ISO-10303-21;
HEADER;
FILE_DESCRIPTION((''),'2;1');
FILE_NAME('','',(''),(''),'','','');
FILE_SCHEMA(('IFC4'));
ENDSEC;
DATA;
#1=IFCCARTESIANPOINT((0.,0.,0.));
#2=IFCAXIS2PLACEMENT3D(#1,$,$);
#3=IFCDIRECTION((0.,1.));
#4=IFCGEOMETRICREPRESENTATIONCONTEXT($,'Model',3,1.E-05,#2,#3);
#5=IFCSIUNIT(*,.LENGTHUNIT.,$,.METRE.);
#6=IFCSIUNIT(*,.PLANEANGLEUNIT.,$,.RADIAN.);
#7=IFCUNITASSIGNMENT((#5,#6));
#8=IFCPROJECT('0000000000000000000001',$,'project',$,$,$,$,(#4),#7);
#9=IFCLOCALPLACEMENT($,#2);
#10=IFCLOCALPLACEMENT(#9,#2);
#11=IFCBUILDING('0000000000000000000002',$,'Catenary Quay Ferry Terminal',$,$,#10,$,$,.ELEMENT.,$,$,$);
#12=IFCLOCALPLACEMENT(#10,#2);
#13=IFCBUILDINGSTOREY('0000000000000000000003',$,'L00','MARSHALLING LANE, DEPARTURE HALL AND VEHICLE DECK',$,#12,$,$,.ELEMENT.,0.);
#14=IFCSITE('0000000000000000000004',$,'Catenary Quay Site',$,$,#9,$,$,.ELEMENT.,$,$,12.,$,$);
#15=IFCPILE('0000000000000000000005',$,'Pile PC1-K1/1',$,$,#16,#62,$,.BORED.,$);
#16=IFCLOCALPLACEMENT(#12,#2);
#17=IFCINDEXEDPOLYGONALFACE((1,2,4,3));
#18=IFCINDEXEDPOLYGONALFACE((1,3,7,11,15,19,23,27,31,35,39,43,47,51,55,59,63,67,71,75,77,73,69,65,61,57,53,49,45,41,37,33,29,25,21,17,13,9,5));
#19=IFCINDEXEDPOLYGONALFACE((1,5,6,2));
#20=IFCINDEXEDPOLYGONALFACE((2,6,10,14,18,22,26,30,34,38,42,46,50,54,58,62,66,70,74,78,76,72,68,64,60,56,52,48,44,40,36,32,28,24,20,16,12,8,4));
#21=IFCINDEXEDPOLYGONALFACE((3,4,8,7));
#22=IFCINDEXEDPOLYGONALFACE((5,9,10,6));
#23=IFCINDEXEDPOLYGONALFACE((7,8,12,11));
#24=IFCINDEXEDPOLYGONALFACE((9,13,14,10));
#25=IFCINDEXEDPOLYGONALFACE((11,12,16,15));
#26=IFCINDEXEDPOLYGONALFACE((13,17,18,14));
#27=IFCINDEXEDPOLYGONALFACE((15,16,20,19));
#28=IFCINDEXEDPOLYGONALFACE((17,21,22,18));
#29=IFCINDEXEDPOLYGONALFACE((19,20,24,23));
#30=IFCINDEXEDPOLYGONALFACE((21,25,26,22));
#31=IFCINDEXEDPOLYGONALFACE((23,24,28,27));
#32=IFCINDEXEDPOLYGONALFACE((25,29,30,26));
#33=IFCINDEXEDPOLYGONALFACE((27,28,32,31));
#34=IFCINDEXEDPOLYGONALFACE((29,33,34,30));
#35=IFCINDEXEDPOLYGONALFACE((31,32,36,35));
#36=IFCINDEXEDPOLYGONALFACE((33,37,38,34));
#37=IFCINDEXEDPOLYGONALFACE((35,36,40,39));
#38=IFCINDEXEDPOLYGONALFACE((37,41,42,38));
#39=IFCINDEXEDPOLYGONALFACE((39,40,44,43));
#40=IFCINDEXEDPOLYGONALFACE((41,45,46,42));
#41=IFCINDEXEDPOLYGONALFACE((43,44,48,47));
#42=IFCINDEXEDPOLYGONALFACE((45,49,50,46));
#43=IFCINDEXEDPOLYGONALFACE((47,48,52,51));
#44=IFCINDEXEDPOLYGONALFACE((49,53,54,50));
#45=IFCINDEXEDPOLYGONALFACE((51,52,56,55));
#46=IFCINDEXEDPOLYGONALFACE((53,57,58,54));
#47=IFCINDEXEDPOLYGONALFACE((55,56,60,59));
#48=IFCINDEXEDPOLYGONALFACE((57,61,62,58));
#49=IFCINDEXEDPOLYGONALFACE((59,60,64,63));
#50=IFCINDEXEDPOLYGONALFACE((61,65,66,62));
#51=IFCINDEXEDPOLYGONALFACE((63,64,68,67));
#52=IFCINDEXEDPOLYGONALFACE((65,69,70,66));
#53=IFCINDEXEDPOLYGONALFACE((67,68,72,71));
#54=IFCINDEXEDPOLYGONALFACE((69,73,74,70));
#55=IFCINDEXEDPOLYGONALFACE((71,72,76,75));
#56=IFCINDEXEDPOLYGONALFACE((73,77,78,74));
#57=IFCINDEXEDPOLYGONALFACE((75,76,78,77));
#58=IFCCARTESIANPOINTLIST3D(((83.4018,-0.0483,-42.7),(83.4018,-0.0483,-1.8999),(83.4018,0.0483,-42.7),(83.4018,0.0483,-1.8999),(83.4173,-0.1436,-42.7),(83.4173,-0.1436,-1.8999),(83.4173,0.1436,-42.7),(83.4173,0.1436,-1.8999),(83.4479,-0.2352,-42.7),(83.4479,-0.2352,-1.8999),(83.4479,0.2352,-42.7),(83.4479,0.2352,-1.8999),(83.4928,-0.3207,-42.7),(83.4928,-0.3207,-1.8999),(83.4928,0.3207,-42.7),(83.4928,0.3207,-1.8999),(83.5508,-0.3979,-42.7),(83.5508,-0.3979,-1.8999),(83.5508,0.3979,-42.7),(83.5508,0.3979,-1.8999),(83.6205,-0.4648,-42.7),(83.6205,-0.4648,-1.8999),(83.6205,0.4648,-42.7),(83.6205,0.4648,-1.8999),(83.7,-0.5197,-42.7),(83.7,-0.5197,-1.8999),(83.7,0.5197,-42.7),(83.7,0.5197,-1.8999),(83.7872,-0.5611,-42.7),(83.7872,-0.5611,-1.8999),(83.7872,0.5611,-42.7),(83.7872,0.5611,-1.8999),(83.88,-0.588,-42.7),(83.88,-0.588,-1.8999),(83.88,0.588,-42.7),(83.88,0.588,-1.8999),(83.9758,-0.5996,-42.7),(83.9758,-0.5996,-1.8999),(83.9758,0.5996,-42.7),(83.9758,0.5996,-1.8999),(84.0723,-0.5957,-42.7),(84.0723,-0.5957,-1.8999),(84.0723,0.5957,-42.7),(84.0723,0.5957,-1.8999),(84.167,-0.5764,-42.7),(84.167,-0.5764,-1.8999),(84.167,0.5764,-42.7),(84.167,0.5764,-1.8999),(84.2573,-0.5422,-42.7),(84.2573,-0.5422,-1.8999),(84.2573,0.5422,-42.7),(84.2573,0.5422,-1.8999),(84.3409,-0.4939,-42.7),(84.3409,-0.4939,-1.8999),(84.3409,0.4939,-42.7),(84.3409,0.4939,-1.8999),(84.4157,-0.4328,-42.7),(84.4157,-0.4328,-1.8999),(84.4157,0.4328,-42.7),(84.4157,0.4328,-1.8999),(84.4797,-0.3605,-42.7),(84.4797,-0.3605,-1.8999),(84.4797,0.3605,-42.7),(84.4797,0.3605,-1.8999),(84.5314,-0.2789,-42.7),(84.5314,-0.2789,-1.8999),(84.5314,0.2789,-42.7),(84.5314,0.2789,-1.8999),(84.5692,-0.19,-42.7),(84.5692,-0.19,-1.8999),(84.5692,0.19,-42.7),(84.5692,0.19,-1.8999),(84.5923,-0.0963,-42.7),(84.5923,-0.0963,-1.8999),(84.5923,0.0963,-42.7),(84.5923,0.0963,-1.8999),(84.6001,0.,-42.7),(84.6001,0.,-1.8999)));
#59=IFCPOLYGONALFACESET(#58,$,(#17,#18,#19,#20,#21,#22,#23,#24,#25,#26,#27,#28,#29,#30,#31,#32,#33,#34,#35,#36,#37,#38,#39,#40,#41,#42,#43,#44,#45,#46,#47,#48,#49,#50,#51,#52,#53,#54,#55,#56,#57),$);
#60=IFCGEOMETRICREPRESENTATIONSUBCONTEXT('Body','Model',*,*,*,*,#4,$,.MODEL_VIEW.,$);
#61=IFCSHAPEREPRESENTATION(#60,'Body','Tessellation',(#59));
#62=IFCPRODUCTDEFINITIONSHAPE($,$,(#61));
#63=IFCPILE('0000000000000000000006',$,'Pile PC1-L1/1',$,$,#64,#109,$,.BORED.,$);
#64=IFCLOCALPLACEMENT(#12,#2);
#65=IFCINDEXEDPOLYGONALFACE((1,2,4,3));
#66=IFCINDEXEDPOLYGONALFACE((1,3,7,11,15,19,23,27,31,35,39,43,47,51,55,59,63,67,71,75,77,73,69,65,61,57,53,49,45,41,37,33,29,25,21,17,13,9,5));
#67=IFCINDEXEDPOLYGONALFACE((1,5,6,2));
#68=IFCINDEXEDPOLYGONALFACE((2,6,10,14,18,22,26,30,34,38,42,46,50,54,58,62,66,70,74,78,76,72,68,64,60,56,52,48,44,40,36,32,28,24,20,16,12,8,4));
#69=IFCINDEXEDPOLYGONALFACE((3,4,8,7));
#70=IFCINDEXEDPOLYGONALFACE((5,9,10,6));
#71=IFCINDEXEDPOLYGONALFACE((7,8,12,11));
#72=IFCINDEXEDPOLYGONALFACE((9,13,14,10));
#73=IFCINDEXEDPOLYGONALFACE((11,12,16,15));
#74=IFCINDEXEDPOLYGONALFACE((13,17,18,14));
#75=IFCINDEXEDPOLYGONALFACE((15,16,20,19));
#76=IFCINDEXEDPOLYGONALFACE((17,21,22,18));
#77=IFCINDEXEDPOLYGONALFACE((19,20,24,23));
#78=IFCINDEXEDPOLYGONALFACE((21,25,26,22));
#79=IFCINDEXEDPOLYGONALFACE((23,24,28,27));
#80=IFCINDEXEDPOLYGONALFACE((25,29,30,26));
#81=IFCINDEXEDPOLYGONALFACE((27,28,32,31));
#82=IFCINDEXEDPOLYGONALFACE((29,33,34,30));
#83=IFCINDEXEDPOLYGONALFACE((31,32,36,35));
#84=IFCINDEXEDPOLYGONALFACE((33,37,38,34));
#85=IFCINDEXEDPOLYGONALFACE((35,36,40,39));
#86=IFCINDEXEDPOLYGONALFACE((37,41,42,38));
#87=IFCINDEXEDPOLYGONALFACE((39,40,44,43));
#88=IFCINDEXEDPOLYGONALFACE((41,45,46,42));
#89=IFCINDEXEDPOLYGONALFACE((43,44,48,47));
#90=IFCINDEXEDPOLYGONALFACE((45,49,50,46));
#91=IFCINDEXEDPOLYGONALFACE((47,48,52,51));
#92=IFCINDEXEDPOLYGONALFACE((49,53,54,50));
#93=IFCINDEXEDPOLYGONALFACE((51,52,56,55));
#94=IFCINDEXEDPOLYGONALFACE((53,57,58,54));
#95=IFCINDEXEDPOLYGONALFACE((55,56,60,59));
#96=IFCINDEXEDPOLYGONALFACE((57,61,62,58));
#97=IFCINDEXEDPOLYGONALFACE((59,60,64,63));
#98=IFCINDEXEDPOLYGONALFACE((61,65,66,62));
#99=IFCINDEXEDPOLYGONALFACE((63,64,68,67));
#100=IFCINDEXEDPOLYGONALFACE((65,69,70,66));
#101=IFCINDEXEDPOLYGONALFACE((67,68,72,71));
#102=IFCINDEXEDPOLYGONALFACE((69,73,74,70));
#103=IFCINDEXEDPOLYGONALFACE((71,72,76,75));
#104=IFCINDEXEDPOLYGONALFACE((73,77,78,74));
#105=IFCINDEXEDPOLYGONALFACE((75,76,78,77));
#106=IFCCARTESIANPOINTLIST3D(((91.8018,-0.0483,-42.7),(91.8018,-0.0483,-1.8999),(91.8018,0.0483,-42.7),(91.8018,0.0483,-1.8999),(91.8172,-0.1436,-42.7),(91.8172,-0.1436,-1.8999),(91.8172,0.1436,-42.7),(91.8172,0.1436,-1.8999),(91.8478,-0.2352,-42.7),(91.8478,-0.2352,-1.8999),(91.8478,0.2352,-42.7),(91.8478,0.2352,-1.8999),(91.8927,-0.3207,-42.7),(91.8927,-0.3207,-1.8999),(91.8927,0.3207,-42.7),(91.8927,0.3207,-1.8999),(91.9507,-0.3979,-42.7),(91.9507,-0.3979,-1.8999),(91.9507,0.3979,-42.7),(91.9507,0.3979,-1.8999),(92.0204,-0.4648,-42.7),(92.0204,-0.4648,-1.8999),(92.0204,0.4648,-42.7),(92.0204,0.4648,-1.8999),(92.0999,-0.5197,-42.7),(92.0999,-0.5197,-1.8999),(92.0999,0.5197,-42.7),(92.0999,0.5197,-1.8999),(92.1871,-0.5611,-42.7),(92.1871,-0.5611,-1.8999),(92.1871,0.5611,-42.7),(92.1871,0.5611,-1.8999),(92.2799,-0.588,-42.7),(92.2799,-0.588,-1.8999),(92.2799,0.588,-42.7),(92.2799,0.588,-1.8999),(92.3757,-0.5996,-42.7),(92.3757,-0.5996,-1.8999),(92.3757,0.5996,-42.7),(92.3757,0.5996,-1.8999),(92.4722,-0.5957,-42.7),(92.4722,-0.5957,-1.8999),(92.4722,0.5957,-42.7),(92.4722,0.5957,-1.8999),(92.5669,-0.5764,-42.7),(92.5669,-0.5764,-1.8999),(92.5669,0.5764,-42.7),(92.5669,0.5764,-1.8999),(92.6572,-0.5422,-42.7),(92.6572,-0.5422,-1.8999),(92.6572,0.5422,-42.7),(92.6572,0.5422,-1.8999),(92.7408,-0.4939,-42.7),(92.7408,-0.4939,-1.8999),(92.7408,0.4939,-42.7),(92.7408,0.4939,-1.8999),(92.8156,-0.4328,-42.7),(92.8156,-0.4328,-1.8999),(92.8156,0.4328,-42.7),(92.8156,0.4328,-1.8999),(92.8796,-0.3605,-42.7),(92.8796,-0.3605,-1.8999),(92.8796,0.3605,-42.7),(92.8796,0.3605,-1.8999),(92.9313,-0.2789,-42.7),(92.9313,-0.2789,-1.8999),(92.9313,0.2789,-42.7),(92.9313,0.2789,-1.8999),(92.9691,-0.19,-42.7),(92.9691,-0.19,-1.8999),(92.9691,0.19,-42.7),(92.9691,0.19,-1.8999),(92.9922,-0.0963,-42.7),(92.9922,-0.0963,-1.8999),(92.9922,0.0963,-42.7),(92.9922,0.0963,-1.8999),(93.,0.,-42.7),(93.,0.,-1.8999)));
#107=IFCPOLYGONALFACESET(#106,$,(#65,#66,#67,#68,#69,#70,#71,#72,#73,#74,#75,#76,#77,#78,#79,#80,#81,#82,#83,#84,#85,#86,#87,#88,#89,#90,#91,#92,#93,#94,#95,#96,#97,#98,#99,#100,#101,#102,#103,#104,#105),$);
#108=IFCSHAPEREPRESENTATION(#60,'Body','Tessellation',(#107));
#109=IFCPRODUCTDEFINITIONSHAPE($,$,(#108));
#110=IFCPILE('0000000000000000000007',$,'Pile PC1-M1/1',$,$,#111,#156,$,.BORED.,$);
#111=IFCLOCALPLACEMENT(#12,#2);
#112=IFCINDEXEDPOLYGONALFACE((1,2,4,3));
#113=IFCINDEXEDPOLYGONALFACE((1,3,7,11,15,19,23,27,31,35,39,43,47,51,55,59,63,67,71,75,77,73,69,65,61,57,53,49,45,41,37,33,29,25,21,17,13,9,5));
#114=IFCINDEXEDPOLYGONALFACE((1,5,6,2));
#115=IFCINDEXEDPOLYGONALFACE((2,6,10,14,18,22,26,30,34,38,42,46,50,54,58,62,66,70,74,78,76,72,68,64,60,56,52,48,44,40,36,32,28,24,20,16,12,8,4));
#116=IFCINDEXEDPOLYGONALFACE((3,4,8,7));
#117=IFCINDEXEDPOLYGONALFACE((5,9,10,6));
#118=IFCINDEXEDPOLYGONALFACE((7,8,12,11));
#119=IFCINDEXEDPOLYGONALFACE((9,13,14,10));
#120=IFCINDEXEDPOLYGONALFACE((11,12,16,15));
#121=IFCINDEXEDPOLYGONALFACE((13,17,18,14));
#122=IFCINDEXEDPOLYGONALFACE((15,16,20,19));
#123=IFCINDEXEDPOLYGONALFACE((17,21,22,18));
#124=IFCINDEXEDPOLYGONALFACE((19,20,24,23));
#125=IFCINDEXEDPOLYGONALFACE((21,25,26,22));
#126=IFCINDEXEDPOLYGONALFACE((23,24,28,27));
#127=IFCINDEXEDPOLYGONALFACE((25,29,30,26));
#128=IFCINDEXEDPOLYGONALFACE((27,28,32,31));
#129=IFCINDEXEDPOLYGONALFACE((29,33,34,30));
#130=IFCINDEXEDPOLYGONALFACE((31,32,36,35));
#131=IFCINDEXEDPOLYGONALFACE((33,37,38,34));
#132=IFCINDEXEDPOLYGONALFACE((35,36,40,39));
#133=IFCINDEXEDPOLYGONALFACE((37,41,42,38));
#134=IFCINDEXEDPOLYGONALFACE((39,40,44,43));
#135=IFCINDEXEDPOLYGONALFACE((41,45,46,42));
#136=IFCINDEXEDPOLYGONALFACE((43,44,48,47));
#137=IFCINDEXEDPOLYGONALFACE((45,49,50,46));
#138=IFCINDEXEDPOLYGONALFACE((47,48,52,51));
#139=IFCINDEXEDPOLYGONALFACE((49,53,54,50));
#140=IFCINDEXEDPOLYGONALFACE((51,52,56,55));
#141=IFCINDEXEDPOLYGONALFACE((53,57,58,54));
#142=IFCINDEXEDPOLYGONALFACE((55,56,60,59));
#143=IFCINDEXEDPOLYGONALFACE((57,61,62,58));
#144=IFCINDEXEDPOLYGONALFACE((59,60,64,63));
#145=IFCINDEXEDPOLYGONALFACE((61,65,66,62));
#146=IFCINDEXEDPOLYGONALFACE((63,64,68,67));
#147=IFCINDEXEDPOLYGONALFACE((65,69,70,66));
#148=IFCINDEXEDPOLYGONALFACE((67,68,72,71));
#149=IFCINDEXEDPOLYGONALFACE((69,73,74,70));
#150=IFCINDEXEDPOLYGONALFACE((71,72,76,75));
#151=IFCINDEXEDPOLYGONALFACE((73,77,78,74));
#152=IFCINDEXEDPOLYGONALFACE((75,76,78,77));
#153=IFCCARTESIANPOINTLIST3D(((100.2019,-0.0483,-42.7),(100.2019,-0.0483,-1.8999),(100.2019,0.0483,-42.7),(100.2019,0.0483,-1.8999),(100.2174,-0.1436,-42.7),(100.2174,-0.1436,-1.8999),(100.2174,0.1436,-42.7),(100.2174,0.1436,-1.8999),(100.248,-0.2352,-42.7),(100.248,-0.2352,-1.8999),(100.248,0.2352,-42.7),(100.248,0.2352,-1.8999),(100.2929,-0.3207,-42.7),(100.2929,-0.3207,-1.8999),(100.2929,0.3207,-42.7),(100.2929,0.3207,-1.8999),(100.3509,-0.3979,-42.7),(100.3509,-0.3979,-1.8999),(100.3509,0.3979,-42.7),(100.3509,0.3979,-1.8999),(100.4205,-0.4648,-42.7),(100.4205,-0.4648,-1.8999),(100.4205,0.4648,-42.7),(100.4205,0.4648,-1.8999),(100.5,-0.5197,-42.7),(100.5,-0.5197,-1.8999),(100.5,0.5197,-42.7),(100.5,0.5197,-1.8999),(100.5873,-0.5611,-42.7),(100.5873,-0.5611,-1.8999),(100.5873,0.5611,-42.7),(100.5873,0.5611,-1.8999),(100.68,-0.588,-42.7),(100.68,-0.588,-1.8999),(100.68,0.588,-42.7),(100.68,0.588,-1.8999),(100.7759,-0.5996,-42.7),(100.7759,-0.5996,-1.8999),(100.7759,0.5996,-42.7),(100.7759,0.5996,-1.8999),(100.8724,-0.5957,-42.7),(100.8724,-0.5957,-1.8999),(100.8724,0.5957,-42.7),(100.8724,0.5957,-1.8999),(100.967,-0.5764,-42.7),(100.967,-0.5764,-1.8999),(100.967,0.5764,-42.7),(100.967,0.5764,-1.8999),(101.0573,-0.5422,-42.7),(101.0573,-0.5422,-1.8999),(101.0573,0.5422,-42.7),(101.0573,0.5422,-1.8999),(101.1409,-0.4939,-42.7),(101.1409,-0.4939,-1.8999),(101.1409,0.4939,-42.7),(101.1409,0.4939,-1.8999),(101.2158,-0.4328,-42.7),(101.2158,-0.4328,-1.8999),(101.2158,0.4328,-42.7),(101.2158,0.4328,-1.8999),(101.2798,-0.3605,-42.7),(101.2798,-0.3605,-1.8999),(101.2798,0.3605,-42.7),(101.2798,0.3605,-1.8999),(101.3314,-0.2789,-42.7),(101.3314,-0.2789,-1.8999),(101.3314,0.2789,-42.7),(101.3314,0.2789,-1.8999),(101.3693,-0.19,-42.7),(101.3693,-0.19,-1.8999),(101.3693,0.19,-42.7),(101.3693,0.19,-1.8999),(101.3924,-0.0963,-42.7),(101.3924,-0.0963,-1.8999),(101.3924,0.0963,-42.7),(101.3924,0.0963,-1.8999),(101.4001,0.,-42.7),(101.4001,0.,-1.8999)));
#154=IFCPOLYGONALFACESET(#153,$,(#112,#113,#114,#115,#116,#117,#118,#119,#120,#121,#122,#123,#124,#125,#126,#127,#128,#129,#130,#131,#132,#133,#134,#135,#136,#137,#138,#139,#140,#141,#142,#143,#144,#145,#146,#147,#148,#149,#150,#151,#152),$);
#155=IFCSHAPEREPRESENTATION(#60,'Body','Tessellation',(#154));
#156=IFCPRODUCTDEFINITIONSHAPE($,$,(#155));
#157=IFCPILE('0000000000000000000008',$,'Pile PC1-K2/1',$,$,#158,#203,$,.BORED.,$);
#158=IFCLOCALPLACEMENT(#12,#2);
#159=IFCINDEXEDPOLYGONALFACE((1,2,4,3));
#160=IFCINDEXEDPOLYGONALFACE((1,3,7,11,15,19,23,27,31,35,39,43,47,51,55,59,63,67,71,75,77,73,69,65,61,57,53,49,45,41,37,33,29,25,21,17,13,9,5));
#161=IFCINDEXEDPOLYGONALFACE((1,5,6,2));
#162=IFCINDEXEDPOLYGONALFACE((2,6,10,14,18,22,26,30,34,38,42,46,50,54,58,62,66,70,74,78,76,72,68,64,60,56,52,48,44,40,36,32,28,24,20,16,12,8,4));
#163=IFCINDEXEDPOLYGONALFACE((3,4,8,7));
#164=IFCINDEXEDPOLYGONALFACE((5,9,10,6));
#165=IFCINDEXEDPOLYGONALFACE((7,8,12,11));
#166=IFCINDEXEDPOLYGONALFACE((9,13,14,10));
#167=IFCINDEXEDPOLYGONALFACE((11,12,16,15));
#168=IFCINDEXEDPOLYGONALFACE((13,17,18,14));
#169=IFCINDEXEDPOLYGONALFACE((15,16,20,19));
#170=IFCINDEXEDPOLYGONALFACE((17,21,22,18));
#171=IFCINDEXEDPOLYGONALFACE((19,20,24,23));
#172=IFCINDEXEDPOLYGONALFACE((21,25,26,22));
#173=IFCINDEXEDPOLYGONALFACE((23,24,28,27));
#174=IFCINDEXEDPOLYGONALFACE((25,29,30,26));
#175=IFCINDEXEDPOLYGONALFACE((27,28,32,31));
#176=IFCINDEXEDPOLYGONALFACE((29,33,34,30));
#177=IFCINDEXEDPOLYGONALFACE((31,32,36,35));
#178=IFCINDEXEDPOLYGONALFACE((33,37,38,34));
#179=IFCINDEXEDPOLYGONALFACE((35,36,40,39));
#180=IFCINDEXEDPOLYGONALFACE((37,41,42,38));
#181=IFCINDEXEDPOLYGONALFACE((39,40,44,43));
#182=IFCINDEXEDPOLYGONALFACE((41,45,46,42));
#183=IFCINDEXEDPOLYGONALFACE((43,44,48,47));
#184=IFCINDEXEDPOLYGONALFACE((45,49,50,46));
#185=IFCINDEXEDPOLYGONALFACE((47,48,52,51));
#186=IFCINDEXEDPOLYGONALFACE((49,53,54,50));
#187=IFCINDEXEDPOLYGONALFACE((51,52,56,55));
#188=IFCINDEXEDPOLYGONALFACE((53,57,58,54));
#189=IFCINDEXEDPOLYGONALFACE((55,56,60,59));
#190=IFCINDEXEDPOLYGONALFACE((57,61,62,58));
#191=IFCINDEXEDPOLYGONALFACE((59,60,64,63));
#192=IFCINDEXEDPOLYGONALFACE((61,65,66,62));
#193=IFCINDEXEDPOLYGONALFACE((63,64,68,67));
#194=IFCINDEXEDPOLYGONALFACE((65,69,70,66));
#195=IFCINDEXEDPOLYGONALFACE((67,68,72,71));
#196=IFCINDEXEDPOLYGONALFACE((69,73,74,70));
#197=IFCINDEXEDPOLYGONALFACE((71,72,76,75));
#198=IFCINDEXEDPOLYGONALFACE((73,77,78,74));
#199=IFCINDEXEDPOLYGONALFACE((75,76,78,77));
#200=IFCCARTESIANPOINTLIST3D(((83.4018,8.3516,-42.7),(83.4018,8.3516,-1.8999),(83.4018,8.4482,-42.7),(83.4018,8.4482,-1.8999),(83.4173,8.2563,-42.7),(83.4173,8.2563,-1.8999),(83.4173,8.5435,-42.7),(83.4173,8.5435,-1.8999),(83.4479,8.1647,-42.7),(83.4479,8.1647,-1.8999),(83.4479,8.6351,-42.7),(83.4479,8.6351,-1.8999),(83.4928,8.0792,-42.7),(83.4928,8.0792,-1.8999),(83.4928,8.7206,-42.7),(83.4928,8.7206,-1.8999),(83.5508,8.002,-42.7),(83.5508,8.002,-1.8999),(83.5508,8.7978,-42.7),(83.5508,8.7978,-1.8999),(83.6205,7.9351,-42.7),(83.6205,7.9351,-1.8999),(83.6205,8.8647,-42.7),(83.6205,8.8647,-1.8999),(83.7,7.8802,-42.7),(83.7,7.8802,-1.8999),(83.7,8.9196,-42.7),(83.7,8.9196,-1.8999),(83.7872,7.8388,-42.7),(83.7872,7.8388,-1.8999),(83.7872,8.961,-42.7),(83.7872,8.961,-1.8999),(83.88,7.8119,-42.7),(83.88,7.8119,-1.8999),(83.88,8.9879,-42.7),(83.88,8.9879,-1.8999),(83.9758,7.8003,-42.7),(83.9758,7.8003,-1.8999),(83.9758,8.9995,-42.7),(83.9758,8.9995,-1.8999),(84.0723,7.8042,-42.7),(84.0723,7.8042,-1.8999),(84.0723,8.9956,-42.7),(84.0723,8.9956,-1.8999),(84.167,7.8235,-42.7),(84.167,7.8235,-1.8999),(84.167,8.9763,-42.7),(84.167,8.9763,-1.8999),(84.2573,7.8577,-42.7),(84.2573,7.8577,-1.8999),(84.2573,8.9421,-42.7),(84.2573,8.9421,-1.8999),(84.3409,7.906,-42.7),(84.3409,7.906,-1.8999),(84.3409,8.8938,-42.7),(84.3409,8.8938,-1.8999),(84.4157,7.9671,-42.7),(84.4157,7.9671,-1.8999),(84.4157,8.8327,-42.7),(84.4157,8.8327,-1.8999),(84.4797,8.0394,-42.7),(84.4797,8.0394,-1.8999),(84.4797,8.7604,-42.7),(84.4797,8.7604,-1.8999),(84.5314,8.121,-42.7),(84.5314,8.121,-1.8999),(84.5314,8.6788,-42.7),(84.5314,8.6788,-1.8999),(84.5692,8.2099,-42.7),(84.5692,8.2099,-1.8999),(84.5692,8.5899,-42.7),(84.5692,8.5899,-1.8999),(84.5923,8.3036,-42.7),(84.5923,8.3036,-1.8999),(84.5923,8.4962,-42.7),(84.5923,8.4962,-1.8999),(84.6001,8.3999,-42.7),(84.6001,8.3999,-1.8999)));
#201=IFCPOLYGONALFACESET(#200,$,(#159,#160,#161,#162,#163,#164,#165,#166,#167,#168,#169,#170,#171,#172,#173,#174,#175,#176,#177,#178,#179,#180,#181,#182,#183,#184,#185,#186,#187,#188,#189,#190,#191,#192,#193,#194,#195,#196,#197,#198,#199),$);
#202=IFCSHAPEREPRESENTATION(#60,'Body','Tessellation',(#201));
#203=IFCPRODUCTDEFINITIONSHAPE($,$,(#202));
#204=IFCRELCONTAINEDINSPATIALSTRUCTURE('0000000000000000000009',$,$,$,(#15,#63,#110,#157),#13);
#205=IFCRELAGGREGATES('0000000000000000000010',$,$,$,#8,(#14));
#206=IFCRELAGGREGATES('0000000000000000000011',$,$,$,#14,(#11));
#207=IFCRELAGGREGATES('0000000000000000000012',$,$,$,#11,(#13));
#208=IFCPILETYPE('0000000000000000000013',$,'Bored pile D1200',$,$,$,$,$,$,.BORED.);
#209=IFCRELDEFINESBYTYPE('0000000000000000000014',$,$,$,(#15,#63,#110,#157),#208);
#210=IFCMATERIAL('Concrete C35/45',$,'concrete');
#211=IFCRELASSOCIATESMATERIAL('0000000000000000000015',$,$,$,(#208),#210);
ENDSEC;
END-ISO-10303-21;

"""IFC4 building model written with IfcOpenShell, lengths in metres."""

from ifc_helpers import new_model, si_unit, direction, frame, origin, origin_2d, place, context, subcontext, project, spatial, circle, extrude, material, material_profile, profile_set, type_object, element, save


model = new_model("IFC4")

# Units and contexts
model_context = context("Model", 3, precision=1e-05, world=origin(), true_north=direction((0.0, 1.0)))
body_context = subcontext(model_context, "Body", "Model", "MODEL_VIEW")
ifc_project = project(units=[si_unit("LENGTHUNIT", "METRE"), si_unit("PLANEANGLEUNIT", "RADIAN")], contexts=[model_context])

# Site, building, storey
site_placement = place(None, origin())
site = spatial("IfcSite", under=ifc_project, at=site_placement, Name="Catenary Quay Site", CompositionType="ELEMENT", RefElevation=12.0)
building_placement = place(site_placement, origin())
building = spatial("IfcBuilding", under=site, at=building_placement, Name="Catenary Quay Ferry Terminal", CompositionType="ELEMENT")
storey_placement = place(building_placement, origin())
storey = spatial("IfcBuildingStorey", under=building, at=storey_placement, Name="L00", Description="MARSHALLING LANE, DEPARTURE HALL AND VEHICLE DECK", CompositionType="ELEMENT", Elevation=0.0)

# Piles
ifc_material_1 = material(Name="Concrete C35/45", Category="concrete")
ifc_material_profile_1 = material_profile(ifc_material_1, circle(Radius=0.6001, at=origin_2d()), Name="D1200")
ifc_profile_set_1 = profile_set([ifc_material_profile_1], Name="Concrete C35/45")
pile_type = type_object("IfcPileType", Name="Bored pile D1200", PredefinedType="BORED", material=ifc_profile_set_1)
for number, where, z_axis, x_axis, name in (
    (1, (84.0, 0.0, -1.8999), (0.0, 0.0, -1.0), (1.0, 0.0, 0.0), "Pile PC1-K1/1"),
    (2, (92.3999, 0.0, -1.8999), (0.0, 0.0, -1.0), (1.0, 0.0, 0.0), "Pile PC1-L1/1"),
    (3, (100.8, 0.0, -1.8999), (0.0, 0.0, -1.0), (1.0, 0.0, 0.0), "Pile PC1-M1/1"),
    (4, (84.0, 8.3999, -1.8999), (0.0, 0.0, -1.0), (1.0, 0.0, 0.0), "Pile PC1-K2/1"),
):
    element("IfcPile", number, at=place(storey_placement, frame(where, z_axis=z_axis, x_axis=x_axis)), inside=storey, type_object=pile_type, Name=name, PredefinedType="BORED", context=body_context, shape_type="SweptSolid", body=[
        extrude(circle(Radius=0.6001, at=origin_2d()), origin(), (0.0, 0.0, 1.0), 40.8),
    ])

save(model, "model.ifc")
